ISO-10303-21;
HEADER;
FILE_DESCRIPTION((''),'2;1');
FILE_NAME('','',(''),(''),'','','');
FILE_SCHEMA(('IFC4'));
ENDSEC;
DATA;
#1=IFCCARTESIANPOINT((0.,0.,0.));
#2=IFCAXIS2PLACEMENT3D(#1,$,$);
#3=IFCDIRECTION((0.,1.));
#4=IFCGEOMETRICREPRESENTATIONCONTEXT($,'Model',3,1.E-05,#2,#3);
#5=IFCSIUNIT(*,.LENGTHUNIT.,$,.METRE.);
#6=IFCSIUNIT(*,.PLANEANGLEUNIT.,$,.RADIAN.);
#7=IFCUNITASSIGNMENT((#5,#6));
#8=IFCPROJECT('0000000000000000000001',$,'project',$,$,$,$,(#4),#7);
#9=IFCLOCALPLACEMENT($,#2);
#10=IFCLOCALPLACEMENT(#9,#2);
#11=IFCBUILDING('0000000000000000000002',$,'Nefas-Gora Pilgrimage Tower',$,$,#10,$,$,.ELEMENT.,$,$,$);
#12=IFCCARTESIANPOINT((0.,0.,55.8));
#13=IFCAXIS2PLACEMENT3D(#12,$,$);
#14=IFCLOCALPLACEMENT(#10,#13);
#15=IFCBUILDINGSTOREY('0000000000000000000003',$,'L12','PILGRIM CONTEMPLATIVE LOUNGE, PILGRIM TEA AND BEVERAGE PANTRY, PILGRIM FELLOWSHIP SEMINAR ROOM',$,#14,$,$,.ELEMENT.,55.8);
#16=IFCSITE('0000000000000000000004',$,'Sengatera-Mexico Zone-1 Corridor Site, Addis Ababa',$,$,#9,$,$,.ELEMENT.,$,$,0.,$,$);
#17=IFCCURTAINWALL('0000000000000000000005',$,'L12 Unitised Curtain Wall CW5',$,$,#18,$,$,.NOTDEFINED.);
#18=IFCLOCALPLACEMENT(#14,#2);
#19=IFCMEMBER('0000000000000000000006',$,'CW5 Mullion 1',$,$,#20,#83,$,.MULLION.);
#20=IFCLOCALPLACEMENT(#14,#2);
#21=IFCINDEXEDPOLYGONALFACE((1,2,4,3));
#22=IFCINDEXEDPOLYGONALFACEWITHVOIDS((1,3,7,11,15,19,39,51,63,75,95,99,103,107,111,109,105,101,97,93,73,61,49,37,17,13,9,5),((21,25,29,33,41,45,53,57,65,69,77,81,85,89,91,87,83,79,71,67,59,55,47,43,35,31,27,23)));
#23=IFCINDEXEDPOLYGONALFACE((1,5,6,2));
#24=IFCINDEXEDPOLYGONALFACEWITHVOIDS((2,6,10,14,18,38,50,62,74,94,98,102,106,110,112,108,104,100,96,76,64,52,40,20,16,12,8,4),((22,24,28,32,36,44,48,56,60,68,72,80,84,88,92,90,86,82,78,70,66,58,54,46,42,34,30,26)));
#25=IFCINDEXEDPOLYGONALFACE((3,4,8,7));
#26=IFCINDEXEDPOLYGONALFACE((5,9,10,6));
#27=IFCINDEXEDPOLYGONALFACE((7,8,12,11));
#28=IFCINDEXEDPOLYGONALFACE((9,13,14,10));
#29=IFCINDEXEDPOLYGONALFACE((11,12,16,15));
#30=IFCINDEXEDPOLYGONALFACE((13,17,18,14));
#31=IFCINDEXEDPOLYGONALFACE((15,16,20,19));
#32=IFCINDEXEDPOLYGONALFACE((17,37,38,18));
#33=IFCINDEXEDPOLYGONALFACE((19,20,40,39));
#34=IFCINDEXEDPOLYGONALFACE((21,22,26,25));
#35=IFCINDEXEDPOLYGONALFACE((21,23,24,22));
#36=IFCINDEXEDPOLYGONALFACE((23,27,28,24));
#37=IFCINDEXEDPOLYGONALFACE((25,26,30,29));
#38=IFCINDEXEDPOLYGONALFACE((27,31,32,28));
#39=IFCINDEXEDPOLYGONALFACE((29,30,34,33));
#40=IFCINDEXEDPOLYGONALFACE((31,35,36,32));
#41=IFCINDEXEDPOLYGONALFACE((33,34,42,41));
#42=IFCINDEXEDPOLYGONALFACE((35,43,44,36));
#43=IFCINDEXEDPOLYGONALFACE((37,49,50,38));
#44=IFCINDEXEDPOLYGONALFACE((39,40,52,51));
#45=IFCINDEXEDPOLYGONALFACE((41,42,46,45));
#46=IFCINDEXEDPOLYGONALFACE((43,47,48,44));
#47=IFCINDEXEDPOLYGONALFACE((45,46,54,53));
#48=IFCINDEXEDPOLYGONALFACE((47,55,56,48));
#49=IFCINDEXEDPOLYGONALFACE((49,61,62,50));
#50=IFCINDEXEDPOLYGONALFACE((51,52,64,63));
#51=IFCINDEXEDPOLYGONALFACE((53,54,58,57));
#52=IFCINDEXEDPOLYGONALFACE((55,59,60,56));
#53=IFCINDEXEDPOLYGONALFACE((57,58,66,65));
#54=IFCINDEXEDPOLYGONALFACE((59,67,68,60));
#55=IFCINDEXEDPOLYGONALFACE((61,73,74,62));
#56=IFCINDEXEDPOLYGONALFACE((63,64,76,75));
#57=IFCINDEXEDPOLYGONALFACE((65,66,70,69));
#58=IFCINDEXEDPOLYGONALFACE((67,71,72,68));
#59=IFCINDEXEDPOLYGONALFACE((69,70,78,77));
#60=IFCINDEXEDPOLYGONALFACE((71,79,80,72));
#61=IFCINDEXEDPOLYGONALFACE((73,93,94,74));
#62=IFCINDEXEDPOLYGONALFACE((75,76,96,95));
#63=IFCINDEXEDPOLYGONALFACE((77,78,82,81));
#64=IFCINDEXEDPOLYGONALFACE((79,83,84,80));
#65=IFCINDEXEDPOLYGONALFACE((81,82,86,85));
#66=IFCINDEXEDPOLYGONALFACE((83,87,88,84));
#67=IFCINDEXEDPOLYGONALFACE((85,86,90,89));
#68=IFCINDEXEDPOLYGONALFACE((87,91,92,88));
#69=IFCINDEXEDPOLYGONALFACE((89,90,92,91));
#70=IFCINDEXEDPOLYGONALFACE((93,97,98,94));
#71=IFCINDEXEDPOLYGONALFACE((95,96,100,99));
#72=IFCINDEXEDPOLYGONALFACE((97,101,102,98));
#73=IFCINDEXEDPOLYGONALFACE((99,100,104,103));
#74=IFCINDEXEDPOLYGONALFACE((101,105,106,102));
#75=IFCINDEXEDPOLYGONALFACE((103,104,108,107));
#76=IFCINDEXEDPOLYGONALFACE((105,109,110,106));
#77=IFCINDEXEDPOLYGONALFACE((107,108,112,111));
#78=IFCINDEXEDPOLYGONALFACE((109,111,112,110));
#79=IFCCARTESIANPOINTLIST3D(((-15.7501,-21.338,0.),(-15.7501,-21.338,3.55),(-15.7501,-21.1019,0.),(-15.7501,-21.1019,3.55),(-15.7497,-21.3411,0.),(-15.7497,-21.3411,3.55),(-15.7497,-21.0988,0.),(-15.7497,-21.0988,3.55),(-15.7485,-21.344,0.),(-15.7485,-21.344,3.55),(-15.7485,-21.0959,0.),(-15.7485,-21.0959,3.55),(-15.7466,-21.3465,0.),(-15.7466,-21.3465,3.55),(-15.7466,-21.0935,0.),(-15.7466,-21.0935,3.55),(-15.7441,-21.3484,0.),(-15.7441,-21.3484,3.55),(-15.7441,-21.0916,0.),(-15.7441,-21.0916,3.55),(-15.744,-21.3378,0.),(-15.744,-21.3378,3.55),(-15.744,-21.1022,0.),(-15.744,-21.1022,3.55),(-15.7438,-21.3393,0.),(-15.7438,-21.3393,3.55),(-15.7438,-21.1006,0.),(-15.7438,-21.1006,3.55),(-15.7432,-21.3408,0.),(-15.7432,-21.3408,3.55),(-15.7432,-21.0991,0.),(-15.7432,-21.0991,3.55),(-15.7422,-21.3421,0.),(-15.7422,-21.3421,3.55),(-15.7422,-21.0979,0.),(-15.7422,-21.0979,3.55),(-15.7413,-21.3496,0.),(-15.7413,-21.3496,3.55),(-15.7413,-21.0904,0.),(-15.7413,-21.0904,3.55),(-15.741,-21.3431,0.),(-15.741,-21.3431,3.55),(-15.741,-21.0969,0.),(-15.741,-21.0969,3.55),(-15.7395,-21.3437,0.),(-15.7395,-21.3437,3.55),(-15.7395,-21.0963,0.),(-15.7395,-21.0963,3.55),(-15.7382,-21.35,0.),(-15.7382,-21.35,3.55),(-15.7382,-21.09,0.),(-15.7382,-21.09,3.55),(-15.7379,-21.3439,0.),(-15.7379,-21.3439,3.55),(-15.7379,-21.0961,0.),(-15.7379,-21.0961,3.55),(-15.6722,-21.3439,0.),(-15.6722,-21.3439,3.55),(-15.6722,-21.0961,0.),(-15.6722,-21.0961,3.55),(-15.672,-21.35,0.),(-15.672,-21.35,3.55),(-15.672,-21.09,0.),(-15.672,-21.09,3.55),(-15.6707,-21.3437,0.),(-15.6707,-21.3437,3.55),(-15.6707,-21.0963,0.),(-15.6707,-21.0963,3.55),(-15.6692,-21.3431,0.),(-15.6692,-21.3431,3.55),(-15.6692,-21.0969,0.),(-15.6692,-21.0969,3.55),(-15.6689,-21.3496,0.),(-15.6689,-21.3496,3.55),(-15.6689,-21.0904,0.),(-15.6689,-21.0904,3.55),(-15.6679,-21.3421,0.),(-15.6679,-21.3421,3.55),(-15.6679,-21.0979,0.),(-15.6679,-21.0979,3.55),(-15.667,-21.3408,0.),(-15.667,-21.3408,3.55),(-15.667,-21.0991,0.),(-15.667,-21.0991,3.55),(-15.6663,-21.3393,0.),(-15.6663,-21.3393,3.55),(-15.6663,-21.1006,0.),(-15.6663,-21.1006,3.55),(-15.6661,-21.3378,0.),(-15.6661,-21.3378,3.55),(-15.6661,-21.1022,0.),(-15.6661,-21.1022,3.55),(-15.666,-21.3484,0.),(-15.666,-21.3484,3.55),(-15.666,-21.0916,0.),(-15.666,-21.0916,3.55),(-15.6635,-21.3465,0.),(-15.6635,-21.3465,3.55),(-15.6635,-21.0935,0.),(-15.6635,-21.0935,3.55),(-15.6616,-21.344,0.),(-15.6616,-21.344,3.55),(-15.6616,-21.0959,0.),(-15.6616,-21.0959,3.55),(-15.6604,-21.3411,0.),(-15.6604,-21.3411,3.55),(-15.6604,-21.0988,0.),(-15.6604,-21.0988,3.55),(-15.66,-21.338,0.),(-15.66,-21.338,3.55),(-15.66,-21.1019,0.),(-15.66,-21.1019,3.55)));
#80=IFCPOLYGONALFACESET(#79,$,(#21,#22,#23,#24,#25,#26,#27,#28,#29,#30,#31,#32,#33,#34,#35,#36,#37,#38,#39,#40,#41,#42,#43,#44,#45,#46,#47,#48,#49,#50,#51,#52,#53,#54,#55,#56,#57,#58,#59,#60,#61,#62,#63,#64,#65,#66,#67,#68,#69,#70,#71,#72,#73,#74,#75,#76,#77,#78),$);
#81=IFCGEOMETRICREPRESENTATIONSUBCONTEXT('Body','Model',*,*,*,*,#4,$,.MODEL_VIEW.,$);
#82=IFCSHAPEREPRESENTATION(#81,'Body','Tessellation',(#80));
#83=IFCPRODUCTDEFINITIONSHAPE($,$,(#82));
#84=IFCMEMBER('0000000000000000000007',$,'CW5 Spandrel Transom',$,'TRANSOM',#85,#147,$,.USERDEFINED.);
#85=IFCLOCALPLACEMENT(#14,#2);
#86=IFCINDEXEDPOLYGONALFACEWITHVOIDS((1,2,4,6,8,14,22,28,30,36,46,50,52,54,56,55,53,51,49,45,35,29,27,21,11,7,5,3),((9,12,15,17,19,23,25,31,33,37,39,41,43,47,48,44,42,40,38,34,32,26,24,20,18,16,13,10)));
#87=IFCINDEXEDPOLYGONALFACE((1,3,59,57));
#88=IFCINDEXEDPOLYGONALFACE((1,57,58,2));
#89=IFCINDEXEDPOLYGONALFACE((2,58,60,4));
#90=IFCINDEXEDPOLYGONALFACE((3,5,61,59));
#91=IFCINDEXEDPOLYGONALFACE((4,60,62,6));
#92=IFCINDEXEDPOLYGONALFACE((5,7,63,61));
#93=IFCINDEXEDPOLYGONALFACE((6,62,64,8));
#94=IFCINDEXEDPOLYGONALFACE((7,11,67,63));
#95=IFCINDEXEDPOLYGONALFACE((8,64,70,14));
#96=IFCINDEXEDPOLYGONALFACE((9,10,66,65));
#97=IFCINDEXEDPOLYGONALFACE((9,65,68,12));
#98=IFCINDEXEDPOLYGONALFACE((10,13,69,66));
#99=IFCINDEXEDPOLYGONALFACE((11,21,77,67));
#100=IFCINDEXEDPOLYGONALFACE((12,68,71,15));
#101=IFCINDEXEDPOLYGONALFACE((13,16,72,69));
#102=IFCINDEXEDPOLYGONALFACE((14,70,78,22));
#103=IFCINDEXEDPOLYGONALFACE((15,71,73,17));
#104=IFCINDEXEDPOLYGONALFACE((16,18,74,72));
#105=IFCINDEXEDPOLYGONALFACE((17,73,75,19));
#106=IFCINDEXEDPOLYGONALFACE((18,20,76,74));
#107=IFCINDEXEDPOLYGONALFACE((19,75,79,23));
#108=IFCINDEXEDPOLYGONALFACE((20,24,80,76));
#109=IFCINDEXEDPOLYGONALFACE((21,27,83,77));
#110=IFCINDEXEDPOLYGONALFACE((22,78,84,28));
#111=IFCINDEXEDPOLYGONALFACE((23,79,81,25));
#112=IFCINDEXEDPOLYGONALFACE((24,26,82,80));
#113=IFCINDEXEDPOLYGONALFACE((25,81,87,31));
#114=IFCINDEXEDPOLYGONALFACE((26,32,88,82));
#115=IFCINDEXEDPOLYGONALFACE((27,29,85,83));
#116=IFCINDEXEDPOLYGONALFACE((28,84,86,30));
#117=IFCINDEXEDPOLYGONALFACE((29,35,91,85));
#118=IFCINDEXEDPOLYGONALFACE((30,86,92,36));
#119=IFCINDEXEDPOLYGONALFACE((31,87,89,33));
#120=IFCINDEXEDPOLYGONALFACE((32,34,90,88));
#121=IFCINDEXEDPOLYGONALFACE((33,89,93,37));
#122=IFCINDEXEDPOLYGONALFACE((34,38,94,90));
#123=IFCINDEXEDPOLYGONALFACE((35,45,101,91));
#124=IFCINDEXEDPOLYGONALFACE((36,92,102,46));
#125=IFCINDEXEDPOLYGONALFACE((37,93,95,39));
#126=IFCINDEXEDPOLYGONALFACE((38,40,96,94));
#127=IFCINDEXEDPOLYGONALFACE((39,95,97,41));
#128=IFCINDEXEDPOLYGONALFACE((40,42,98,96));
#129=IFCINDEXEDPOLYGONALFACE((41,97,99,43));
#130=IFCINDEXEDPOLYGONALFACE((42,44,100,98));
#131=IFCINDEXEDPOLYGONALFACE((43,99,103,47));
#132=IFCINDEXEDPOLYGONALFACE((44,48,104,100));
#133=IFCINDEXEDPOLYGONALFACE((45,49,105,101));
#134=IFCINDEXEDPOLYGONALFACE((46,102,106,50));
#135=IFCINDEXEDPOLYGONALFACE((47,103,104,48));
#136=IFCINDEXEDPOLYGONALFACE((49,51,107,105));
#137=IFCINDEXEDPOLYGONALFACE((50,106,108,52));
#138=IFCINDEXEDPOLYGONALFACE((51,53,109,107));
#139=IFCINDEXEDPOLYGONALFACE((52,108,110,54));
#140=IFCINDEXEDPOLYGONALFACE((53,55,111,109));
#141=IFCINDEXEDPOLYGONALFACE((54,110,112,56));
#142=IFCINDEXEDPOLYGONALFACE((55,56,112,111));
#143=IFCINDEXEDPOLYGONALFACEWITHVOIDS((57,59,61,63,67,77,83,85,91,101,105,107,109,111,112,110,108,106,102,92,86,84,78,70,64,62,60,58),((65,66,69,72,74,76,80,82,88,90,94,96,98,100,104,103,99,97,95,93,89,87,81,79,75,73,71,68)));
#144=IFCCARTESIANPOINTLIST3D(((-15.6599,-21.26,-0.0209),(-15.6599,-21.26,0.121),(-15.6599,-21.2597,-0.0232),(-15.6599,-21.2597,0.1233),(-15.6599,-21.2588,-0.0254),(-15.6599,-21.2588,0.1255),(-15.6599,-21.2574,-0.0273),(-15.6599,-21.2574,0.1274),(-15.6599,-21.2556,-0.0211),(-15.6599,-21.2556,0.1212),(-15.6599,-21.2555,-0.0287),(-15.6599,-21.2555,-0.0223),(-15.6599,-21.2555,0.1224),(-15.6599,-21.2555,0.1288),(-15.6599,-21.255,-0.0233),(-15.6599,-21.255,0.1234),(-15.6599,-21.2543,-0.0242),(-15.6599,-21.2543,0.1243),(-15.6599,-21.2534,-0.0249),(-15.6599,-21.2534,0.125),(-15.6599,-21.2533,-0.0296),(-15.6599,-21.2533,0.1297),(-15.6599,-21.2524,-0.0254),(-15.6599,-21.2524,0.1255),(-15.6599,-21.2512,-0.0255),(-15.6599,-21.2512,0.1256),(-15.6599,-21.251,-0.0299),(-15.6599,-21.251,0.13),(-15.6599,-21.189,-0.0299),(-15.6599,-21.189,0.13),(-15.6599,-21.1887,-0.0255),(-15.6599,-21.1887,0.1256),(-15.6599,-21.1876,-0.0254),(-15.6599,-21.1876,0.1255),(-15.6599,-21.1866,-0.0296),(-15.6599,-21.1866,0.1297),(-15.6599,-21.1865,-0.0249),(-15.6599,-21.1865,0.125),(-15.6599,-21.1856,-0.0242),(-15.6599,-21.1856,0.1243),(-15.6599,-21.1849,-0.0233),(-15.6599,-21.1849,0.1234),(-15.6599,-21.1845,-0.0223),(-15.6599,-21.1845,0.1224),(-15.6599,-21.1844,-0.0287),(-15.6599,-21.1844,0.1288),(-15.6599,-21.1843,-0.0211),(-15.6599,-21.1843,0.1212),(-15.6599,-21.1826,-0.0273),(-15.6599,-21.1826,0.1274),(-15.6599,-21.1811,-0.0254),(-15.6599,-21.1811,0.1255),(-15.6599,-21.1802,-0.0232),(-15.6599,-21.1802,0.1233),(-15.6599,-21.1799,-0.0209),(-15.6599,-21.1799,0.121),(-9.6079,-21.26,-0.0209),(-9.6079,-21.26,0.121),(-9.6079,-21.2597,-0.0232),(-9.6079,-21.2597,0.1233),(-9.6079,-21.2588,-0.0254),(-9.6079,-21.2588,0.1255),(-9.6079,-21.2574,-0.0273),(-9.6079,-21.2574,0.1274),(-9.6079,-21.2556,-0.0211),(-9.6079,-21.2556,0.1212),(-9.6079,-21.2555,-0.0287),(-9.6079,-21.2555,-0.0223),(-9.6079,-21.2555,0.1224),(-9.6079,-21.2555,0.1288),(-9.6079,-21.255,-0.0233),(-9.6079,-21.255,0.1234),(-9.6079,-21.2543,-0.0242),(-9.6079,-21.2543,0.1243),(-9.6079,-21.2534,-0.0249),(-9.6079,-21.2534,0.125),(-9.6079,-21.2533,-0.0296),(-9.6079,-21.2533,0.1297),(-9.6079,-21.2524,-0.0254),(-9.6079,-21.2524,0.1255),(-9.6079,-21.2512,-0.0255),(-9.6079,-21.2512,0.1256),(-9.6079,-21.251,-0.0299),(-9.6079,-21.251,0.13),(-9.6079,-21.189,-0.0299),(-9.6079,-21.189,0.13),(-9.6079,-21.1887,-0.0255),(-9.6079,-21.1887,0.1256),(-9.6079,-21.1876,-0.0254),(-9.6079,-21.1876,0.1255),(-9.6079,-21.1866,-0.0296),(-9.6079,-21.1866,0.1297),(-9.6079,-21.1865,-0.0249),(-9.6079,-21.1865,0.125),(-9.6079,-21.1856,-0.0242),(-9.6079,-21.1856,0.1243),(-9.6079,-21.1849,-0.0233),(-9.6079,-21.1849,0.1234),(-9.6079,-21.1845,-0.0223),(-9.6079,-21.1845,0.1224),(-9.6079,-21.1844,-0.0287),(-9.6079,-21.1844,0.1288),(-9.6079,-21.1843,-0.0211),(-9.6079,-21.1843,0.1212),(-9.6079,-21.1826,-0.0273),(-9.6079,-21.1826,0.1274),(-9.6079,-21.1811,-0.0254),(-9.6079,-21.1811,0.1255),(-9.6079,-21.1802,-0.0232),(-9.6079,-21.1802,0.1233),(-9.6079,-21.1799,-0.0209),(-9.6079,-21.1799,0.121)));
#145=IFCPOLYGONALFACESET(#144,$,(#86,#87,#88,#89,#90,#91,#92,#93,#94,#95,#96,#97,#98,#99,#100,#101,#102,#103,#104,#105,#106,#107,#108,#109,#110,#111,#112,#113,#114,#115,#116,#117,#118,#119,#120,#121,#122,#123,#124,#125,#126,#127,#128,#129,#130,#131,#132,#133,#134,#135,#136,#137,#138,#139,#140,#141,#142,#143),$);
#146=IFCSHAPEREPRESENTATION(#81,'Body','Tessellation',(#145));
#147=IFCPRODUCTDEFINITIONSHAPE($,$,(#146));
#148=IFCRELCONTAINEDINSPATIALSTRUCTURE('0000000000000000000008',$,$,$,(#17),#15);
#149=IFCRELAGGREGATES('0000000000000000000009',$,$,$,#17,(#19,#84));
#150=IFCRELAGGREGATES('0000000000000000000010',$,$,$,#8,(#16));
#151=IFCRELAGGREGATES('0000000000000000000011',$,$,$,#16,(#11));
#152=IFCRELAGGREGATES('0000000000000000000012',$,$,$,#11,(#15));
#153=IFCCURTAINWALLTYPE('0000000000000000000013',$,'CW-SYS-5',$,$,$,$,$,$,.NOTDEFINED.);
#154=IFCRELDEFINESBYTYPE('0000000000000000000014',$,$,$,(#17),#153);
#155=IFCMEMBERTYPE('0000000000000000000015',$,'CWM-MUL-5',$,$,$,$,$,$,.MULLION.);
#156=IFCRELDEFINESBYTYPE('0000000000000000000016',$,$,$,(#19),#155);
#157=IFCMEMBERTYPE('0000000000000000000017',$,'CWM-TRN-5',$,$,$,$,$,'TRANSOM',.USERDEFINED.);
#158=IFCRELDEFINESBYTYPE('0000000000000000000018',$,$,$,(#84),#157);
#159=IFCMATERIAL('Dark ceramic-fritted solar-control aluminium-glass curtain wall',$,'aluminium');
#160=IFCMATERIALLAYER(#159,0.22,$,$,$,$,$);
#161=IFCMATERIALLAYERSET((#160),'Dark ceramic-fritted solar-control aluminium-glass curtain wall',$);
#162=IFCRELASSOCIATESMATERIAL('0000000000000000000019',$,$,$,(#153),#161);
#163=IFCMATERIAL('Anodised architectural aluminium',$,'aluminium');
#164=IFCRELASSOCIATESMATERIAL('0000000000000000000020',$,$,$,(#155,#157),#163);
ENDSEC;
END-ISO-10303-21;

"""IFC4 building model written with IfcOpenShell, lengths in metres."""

from ifc_helpers import new_model, si_unit, direction, frame, origin, origin_2d, place, context, subcontext, project, spatial, hollow_rectangle, extrude, source, transform, mapped, material, layer, layer_set, material_profile, profile_set, type_object, element, aggregate, save


model = new_model("IFC4")

# Units and contexts
model_context = context("Model", 3, precision=1e-05, world=origin(), true_north=direction((0.0, 1.0)))
body_context = subcontext(model_context, "Body", "Model", "MODEL_VIEW")
ifc_project = project(units=[si_unit("LENGTHUNIT", "METRE"), si_unit("PLANEANGLEUNIT", "RADIAN")], contexts=[model_context])

# Site, building, storey
site_placement = place(None, origin())
site = spatial("IfcSite", under=ifc_project, at=site_placement, Name="Sengatera-Mexico Zone-1 Corridor Site, Addis Ababa", CompositionType="ELEMENT", RefElevation=0.0)
building_placement = place(site_placement, origin())
building = spatial("IfcBuilding", under=site, at=building_placement, Name="Nefas-Gora Pilgrimage Tower", CompositionType="ELEMENT")
storey_placement = place(building_placement, frame((0.0, 0.0, 55.8)))
storey = spatial("IfcBuildingStorey", under=building, at=storey_placement, Name="L12", Description="PILGRIM CONTEMPLATIVE LOUNGE, PILGRIM TEA AND BEVERAGE PANTRY, PILGRIM FELLOWSHIP SEMINAR ROOM", CompositionType="ELEMENT", Elevation=55.8)

# Curtain wall, members
ifc_material_1 = material(Name="Dark ceramic-fritted solar-control aluminium-glass curtain wall", Category="aluminium")
ifc_layer_1 = layer(ifc_material_1, 0.22)
ifc_layer_set_1 = layer_set([ifc_layer_1], Name="Dark ceramic-fritted solar-control aluminium-glass curtain wall")
curtain_wall_type_1 = type_object("IfcCurtainWallType", Name="CW-SYS-5", PredefinedType="NOTDEFINED", material=ifc_layer_set_1)
curtain_wall_1_placement = place(storey_placement, origin())
curtain_wall_1 = element("IfcCurtainWall", 1, at=curtain_wall_1_placement, inside=storey, type_object=curtain_wall_type_1, Name="L12 Unitised Curtain Wall CW5", PredefinedType="NOTDEFINED")
ifc_material_2 = material(Name="Anodised architectural aluminium", Category="aluminium")
ifc_material_profile_1 = material_profile(ifc_material_2, hollow_rectangle(XDim=0.0901, YDim=0.26, WallThickness=0.0061, InnerFilletRadius=0.0061, OuterFilletRadius=0.012, at=origin_2d()), Name="ALU MULLION 90x260")
ifc_profile_set_1 = profile_set([ifc_material_profile_1], Name="Anodised architectural aluminium")
member_type_1 = type_object("IfcMemberType", Name="CWM-MUL-5", PredefinedType="MULLION", material=ifc_profile_set_1)
shared_shape_1 = source(origin(), body_context, "Body", "SweptSolid", [
    extrude(hollow_rectangle(XDim=0.0901, YDim=0.26, WallThickness=0.0061, InnerFilletRadius=0.0061, OuterFilletRadius=0.012, at=origin_2d()), origin(), (0.0, 0.0, 1.0), 3.55),
])
member_1_placement = place(storey_placement, frame((-15.7051, -21.22, 0.0), z_axis=(0.0, 0.0, 1.0), x_axis=(1.0, 0.0, 0.0)))
member_1 = element("IfcMember", 2, at=member_1_placement, type_object=member_type_1, Name="CW5 Mullion 1", PredefinedType="MULLION", context=body_context, shape_type="MappedRepresentation", body=[
    mapped(shared_shape_1, transform((0.0, 0.0, 0.0), x_axis=(1.0, 0.0, 0.0), y_axis=(0.0, 1.0, 0.0), z_axis=(0.0, 0.0, 1.0), scale=1.0)),
])
ifc_material_profile_2 = material_profile(ifc_material_2, hollow_rectangle(XDim=0.0801, YDim=0.1599, WallThickness=0.0044, InnerFilletRadius=0.0044, OuterFilletRadius=0.009, at=origin_2d()), Name="ALU TRANSOM 80x160")
ifc_profile_set_2 = profile_set([ifc_material_profile_2], Name="Anodised architectural aluminium")
member_type_2 = type_object("IfcMemberType", Name="CWM-TRN-5", ElementType="TRANSOM", PredefinedType="USERDEFINED", material=ifc_profile_set_2)
shared_shape_2 = source(origin(), body_context, "Body", "SweptSolid", [
    extrude(hollow_rectangle(XDim=0.0801, YDim=0.1599, WallThickness=0.0044, InnerFilletRadius=0.0044, OuterFilletRadius=0.009, at=origin_2d()), origin(), (0.0, 0.0, 1.0), 6.052),
])
member_2_placement = place(storey_placement, frame((-15.6599, -21.22, 0.05), z_axis=(1.0, 0.0, 0.0), x_axis=(0.0, 1.0, 0.0)))
member_2 = element("IfcMember", 3, at=member_2_placement, type_object=member_type_2, Name="CW5 Spandrel Transom", ObjectType="TRANSOM", PredefinedType="USERDEFINED", context=body_context, shape_type="MappedRepresentation", body=[
    mapped(shared_shape_2, transform((0.0, 0.0, 0.0), x_axis=(1.0, 0.0, 0.0), y_axis=(0.0, 1.0, 0.0), z_axis=(0.0, 0.0, 1.0), scale=1.0)),
])

aggregate(curtain_wall_1, [member_1, member_2])

save(model, "model.ifc")
